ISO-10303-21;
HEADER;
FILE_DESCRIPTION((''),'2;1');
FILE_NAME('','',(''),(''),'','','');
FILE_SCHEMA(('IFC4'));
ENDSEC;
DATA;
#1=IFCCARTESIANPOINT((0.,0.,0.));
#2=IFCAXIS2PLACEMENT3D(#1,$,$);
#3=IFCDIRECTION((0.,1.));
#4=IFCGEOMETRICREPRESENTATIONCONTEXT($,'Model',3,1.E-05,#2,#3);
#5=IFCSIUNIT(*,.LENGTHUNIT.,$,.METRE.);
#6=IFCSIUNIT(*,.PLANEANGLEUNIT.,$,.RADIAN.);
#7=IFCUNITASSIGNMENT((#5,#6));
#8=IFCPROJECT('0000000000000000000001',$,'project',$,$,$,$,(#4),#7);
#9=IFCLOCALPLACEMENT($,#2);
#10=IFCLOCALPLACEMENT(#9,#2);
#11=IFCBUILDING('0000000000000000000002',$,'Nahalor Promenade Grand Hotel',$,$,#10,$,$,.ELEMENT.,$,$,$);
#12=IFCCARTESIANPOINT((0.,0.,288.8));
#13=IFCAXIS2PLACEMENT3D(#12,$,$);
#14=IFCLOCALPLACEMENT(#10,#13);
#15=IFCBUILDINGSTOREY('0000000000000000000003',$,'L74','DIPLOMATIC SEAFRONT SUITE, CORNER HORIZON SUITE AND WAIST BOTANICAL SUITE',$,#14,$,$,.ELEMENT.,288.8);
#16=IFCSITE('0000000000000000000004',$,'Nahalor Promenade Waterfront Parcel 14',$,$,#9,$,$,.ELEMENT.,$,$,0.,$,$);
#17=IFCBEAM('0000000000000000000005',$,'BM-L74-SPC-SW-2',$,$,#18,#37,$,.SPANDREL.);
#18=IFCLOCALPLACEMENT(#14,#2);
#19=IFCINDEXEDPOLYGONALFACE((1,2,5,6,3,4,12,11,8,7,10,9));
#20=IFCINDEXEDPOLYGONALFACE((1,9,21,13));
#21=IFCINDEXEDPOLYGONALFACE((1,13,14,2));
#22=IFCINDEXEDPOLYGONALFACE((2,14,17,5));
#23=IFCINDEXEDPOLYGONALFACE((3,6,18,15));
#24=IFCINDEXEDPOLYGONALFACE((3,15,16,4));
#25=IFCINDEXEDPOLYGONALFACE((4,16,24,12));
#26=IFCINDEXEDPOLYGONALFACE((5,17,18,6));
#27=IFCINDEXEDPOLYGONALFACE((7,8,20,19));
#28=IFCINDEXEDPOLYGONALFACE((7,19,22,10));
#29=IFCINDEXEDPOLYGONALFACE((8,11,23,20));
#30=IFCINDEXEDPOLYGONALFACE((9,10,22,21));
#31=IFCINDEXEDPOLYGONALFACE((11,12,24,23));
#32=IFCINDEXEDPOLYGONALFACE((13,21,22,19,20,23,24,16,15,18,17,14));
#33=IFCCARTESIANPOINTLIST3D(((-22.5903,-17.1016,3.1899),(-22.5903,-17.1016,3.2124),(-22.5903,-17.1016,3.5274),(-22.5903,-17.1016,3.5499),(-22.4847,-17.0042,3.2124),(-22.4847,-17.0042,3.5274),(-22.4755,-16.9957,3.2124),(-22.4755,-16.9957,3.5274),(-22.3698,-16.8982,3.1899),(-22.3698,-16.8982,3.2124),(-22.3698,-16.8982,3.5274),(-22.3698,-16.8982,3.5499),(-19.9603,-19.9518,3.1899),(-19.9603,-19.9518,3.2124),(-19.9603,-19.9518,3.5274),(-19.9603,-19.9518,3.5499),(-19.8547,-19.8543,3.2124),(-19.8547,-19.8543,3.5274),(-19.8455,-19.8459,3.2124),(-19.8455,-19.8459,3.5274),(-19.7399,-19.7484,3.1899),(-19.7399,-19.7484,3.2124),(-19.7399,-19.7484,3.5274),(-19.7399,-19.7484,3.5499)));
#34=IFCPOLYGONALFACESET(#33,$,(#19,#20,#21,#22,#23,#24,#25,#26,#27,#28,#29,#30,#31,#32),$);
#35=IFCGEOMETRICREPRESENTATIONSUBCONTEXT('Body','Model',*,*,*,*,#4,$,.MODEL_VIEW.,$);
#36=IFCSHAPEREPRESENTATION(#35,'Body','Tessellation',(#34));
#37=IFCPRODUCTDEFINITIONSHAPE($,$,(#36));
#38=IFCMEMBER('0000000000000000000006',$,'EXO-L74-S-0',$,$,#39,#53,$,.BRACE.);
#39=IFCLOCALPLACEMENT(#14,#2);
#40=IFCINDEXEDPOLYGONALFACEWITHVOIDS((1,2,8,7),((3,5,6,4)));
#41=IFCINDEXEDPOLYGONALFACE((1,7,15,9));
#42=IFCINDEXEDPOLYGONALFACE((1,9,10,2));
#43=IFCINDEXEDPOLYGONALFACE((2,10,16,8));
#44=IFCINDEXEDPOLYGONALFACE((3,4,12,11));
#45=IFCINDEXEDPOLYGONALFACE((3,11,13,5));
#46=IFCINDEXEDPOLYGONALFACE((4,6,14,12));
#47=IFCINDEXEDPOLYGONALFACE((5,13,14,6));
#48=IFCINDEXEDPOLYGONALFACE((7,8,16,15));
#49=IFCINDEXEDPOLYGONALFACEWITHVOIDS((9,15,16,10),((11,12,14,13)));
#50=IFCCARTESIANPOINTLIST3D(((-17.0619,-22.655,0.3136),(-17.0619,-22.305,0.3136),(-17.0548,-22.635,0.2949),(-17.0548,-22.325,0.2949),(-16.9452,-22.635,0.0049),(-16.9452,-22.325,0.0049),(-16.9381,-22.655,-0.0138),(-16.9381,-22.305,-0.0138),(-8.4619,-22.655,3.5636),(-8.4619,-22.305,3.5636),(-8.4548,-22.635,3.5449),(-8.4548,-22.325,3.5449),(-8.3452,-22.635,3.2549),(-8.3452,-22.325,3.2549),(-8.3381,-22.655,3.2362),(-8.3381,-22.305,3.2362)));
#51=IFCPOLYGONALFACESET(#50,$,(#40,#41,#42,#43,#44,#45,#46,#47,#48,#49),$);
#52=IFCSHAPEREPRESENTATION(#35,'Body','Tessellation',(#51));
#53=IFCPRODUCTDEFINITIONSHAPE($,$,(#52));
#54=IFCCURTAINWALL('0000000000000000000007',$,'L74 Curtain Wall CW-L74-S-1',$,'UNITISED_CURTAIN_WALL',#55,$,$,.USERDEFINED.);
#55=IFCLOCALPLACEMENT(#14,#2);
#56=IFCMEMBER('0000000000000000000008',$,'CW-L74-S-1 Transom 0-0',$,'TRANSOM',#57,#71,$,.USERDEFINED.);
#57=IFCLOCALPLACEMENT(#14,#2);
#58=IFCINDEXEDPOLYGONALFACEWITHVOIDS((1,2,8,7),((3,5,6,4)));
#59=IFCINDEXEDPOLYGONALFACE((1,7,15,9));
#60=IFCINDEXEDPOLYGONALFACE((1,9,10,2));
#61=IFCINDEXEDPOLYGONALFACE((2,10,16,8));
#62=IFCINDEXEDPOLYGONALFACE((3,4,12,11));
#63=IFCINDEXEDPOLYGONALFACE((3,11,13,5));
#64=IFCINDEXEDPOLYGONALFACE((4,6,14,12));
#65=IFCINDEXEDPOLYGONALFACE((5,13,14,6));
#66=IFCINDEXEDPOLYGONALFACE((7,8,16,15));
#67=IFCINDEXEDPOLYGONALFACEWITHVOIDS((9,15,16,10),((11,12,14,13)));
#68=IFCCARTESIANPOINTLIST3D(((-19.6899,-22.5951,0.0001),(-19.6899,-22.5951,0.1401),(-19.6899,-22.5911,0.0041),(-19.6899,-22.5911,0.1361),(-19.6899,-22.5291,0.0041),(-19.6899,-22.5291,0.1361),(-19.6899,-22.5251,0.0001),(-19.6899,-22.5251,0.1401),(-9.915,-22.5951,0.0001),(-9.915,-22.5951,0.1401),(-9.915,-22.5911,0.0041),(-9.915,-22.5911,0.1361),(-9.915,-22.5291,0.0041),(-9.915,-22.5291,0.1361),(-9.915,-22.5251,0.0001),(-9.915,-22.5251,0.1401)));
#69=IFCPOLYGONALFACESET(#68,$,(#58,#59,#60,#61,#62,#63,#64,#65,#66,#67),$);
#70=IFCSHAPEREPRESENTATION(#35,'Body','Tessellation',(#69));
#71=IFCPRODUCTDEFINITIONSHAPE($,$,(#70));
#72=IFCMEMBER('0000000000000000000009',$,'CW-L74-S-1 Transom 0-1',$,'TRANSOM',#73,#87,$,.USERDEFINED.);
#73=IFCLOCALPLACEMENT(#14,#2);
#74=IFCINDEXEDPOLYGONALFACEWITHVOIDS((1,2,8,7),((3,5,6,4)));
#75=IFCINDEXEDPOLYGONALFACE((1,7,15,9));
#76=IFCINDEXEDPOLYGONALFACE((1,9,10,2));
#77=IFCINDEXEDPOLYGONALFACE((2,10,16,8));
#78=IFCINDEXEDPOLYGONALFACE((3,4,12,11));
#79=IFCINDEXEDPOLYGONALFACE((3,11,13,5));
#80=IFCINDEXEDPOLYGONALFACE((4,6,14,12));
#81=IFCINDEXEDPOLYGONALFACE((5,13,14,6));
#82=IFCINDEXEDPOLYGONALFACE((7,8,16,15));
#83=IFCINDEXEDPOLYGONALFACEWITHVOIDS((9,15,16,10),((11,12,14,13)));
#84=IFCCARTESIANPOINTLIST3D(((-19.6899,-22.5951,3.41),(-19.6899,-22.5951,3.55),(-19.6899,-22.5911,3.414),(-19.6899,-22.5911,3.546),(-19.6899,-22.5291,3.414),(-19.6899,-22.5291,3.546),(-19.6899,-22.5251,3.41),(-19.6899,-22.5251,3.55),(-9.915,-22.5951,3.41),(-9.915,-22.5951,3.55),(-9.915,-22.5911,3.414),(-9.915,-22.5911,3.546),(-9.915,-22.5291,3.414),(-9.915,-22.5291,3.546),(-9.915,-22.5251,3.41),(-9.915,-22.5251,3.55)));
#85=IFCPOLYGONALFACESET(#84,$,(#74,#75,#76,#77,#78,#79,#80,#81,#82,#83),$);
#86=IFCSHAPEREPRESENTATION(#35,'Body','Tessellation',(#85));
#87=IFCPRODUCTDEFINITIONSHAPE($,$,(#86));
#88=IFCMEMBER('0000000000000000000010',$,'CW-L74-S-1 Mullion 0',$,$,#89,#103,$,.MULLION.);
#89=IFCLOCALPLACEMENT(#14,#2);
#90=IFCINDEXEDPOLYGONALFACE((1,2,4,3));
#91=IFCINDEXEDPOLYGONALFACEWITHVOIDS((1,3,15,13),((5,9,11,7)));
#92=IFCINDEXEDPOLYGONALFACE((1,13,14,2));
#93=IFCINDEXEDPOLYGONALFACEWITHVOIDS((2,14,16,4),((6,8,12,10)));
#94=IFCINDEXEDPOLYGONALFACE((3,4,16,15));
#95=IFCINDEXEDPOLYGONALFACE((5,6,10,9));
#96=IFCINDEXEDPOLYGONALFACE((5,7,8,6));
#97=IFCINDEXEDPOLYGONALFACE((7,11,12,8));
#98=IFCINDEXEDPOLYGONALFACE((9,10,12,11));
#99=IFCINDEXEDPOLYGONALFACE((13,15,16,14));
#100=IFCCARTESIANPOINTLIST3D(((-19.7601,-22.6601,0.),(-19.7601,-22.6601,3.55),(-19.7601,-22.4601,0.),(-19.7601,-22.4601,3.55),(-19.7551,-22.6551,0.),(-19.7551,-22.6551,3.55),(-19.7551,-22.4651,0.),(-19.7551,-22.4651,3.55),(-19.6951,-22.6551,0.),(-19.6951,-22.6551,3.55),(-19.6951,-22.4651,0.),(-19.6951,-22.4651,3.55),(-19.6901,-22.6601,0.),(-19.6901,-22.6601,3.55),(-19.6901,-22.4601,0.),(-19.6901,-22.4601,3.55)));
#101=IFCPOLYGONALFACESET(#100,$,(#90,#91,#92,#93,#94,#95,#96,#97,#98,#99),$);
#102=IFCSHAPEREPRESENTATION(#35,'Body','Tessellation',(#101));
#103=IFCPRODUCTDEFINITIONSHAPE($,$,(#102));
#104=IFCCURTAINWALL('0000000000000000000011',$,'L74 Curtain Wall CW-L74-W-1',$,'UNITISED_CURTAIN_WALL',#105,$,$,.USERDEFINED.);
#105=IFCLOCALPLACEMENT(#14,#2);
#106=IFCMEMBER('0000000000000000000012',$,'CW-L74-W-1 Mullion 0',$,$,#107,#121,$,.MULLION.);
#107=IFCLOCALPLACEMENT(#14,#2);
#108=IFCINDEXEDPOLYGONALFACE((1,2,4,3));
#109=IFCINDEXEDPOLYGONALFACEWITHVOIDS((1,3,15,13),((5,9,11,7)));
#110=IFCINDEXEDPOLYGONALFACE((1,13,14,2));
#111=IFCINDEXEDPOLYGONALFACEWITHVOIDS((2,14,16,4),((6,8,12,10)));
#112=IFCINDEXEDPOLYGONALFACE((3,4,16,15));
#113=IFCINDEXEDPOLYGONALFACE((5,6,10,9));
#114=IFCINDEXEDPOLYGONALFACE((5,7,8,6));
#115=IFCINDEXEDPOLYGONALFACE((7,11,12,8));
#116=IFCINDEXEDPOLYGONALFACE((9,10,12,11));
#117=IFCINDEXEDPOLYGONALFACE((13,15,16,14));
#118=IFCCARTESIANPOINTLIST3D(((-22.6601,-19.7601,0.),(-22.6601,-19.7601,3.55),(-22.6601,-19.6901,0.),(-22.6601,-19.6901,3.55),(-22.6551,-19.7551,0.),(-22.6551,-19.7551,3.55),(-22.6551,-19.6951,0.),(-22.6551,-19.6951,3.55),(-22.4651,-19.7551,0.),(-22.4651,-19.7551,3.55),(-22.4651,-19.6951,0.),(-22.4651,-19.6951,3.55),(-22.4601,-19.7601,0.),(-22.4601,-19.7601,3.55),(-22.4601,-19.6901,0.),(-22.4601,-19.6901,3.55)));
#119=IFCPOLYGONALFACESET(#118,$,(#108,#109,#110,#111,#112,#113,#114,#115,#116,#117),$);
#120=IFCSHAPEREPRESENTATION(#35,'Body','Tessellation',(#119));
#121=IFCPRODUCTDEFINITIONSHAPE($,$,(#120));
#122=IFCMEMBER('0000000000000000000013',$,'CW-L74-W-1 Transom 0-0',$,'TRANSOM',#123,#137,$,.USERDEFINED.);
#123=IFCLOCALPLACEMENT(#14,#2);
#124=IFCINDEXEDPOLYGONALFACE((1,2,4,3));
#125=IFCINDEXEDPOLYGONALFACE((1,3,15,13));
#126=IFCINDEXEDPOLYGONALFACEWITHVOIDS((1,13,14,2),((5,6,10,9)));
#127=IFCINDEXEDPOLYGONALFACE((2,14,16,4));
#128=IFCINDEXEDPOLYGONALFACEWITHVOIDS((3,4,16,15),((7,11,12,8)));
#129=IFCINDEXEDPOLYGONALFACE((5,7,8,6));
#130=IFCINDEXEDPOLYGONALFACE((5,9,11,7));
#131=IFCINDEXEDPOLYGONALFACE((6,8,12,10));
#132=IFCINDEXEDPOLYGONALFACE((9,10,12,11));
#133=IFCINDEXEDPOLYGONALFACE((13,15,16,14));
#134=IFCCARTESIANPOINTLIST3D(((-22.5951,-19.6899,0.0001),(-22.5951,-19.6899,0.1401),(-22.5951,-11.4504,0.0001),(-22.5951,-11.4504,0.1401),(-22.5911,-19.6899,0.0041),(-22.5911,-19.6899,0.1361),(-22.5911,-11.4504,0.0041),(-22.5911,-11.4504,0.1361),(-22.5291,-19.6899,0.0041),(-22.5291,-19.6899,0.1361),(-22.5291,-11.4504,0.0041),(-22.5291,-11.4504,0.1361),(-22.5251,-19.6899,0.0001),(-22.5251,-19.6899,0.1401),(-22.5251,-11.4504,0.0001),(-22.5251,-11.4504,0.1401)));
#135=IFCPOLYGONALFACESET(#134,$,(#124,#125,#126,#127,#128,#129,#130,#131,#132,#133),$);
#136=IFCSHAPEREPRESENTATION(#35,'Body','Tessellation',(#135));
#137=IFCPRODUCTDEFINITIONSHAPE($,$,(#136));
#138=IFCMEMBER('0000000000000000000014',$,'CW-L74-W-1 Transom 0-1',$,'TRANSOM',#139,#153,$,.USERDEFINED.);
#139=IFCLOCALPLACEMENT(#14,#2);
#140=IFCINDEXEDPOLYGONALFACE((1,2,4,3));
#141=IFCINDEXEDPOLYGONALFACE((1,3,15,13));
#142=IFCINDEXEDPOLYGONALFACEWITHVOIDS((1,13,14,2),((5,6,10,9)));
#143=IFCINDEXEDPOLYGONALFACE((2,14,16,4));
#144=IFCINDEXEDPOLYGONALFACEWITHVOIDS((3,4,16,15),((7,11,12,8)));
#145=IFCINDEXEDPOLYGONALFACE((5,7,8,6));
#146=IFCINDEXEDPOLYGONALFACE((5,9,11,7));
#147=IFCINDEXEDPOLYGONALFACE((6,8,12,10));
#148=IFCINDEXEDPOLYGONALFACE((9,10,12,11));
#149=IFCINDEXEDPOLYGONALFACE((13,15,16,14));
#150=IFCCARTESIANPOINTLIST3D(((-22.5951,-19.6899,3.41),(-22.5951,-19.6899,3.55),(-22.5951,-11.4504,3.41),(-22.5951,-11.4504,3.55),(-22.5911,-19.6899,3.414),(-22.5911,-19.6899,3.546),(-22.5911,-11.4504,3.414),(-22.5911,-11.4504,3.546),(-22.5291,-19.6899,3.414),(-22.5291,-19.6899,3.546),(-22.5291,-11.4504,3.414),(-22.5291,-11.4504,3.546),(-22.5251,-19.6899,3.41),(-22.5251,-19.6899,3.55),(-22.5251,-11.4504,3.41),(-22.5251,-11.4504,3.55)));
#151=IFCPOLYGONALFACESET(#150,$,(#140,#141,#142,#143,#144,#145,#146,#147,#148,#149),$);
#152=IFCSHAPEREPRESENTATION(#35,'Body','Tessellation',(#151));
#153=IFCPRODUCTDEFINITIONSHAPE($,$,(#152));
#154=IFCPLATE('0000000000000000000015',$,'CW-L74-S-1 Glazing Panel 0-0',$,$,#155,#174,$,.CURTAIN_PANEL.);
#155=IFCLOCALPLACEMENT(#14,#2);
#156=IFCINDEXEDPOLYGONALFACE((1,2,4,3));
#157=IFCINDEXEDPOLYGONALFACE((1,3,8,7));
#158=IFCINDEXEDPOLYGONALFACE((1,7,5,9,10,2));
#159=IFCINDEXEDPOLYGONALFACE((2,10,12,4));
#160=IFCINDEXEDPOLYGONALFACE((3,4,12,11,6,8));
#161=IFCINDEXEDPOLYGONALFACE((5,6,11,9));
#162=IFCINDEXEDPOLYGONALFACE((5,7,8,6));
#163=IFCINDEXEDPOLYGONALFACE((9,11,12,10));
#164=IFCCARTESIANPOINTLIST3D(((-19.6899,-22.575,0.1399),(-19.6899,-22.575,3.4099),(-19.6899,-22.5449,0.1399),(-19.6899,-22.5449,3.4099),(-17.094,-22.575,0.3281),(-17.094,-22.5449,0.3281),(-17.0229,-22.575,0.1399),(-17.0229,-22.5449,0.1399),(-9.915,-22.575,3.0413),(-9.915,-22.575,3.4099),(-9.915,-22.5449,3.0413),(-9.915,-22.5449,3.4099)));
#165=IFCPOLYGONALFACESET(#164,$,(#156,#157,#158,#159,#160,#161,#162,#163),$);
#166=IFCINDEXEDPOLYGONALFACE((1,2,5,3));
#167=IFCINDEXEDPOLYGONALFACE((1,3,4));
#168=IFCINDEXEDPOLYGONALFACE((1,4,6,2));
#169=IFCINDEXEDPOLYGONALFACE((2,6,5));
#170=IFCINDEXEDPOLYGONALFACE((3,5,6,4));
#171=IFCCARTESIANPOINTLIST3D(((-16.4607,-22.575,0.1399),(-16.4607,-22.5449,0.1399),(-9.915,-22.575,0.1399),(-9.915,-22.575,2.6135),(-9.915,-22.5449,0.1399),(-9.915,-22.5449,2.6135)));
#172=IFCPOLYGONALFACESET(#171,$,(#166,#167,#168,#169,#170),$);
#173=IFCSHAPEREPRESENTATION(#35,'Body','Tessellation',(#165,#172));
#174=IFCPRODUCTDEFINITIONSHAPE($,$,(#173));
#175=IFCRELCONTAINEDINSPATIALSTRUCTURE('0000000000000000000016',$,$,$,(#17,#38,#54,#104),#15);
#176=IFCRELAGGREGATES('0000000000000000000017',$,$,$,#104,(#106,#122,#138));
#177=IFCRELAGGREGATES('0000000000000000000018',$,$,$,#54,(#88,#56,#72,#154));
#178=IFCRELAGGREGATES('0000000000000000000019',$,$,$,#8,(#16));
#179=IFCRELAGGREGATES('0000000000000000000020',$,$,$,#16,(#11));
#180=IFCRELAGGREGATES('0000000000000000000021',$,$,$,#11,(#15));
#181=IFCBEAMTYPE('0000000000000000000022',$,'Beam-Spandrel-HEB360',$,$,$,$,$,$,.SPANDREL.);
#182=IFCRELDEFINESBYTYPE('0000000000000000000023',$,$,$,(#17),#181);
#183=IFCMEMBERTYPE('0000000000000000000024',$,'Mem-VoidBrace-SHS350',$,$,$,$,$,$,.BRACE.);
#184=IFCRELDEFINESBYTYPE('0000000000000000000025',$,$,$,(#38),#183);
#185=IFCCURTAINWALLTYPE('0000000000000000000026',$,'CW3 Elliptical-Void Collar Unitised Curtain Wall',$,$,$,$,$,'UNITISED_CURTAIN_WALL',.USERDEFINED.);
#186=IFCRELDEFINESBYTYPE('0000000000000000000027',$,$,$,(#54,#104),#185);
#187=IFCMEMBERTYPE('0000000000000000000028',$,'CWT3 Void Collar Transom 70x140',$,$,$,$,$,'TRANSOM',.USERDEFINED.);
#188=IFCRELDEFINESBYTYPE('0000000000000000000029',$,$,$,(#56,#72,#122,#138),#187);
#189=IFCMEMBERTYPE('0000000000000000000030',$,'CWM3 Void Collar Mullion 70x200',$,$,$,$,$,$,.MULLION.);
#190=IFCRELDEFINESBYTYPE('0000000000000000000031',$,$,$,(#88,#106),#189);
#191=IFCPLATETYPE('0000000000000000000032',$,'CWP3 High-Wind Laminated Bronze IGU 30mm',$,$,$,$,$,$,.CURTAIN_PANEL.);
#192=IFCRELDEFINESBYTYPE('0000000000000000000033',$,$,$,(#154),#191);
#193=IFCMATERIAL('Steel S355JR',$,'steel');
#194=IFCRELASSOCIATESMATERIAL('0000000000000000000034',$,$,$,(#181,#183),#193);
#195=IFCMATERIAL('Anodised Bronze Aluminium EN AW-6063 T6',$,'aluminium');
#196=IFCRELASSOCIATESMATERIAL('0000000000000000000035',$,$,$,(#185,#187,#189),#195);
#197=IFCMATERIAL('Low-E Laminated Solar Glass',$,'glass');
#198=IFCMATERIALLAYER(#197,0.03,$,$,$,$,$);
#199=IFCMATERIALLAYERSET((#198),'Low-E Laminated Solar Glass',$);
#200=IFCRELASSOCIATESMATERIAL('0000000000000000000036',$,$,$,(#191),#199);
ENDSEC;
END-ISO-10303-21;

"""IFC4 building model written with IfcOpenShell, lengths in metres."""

from ifc_helpers import new_model, si_unit, direction, frame, origin, origin_2d, place, context, subcontext, project, spatial, polyline, hollow_rectangle, i_section, outline, extrude, source, transform, mapped, material, layer, layer_set, material_profile, profile_set, type_object, element, aggregate, save


model = new_model("IFC4")

# Units and contexts
model_context = context("Model", 3, precision=1e-05, world=origin(), true_north=direction((0.0, 1.0)))
body_context = subcontext(model_context, "Body", "Model", "MODEL_VIEW")
ifc_project = project(units=[si_unit("LENGTHUNIT", "METRE"), si_unit("PLANEANGLEUNIT", "RADIAN")], contexts=[model_context])

# Site, building, storey
site_placement = place(None, origin())
site = spatial("IfcSite", under=ifc_project, at=site_placement, Name="Nahalor Promenade Waterfront Parcel 14", CompositionType="ELEMENT", RefElevation=0.0)
building_placement = place(site_placement, origin())
building = spatial("IfcBuilding", under=site, at=building_placement, Name="Nahalor Promenade Grand Hotel", CompositionType="ELEMENT")
storey_placement = place(building_placement, frame((0.0, 0.0, 288.8)))
storey = spatial("IfcBuildingStorey", under=building, at=storey_placement, Name="L74", Description="DIPLOMATIC SEAFRONT SUITE, CORNER HORIZON SUITE AND WAIST BOTANICAL SUITE", CompositionType="ELEMENT", Elevation=288.8)

# Shared definitions
ifc_material_1 = material(Name="Steel S355JR", Category="steel")

# Beam
ifc_material_profile_1 = material_profile(ifc_material_1, i_section(OverallWidth=0.3, OverallDepth=0.36, WebThickness=0.0125, FlangeThickness=0.0225, at=origin_2d()), Name="HEB 360")
ifc_profile_set_1 = profile_set([ifc_material_profile_1], Name="Steel S355JR")
beam_type_1 = type_object("IfcBeamType", Name="Beam-Spandrel-HEB360", PredefinedType="SPANDREL", material=ifc_profile_set_1)
shared_shape_1 = source(origin(), body_context, "Body", "SweptSolid", [
    extrude(i_section(OverallWidth=0.3, OverallDepth=0.36, WebThickness=0.0125, FlangeThickness=0.0225, at=origin_2d()), origin(), (0.0, 0.0, 1.0), 3.8782),
])
for number, where, z_axis, x_axis, name in (
    (1, (-19.8501, -19.8501, 3.3699), (-0.678144, 0.734929, 0.0), (-0.734929, -0.678144, 0.0), "BM-L74-SPC-SW-2"),
):
    element("IfcBeam", number, at=place(storey_placement, frame(where, z_axis=z_axis, x_axis=x_axis)), inside=storey, type_object=beam_type_1, Name=name, PredefinedType="SPANDREL", context=body_context, shape_type="MappedRepresentation", body=[
        mapped(shared_shape_1, transform((0.0, 0.0, 0.0), scale=1.0)),
    ])

# Member
ifc_material_profile_2 = material_profile(ifc_material_1, hollow_rectangle(XDim=0.35, YDim=0.35, WallThickness=0.02, at=origin_2d()), Name="SHS 350x350x20")
ifc_profile_set_2 = profile_set([ifc_material_profile_2], Name="Steel S355JR")
member_type_1 = type_object("IfcMemberType", Name="Mem-VoidBrace-SHS350", PredefinedType="BRACE", material=ifc_profile_set_2)
shared_shape_2 = source(origin(), body_context, "Body", "SweptSolid", [
    extrude(hollow_rectangle(XDim=0.35, YDim=0.35, WallThickness=0.02, at=origin_2d()), origin(), (0.0, 0.0, 1.0), 9.1936),
])
member_1_placement = place(storey_placement, frame((-17.0, -22.48, 0.1499), z_axis=(0.935433, 0.0, 0.353503), x_axis=(0.0, 1.0, 0.0)))
element("IfcMember", 2, at=member_1_placement, inside=storey, type_object=member_type_1, Name="EXO-L74-S-0", PredefinedType="BRACE", context=body_context, shape_type="MappedRepresentation", body=[
    mapped(shared_shape_2, transform((0.0, 0.0, 0.0), scale=1.0)),
])

# Curtain walls, members
ifc_material_2 = material(Name="Anodised Bronze Aluminium EN AW-6063 T6", Category="aluminium")
curtain_wall_type = type_object("IfcCurtainWallType", Name="CW3 Elliptical-Void Collar Unitised Curtain Wall", ElementType="UNITISED_CURTAIN_WALL", PredefinedType="USERDEFINED", material=ifc_material_2)
curtain_wall_1_placement = place(storey_placement, origin())
curtain_wall_1 = element("IfcCurtainWall", 3, at=curtain_wall_1_placement, inside=storey, type_object=curtain_wall_type, Name="L74 Curtain Wall CW-L74-S-1", ObjectType="UNITISED_CURTAIN_WALL", PredefinedType="USERDEFINED")
ifc_material_profile_3 = material_profile(ifc_material_2, hollow_rectangle(XDim=0.07, YDim=0.14, WallThickness=0.004, at=origin_2d()), Name="CWT 70x140x4")
ifc_profile_set_3 = profile_set([ifc_material_profile_3], Name="Anodised Bronze Aluminium EN AW-6063 T6")
member_type_2 = type_object("IfcMemberType", Name="CWT3 Void Collar Transom 70x140", ElementType="TRANSOM", PredefinedType="USERDEFINED", material=ifc_profile_set_3)
shared_shape_3 = source(origin(), body_context, "Body", "SweptSolid", [
    extrude(hollow_rectangle(XDim=0.07, YDim=0.14, WallThickness=0.004, at=origin_2d()), origin(), (0.0, 0.0, 1.0), 9.7749),
])
member_2_placement = place(storey_placement, frame((-19.6899, -22.5601, 0.0701), z_axis=(1.0, 0.0, 0.0), x_axis=(0.0, 1.0, 0.0)))
member_2 = element("IfcMember", 4, at=member_2_placement, type_object=member_type_2, Name="CW-L74-S-1 Transom 0-0", ObjectType="TRANSOM", PredefinedType="USERDEFINED", context=body_context, shape_type="MappedRepresentation", body=[
    mapped(shared_shape_3, transform((0.0, 0.0, 0.0), scale=1.0)),
])
member_3_placement = place(storey_placement, frame((-19.6899, -22.5601, 3.48), z_axis=(1.0, 0.0, 0.0), x_axis=(0.0, 1.0, 0.0)))
member_3 = element("IfcMember", 5, at=member_3_placement, type_object=member_type_2, Name="CW-L74-S-1 Transom 0-1", ObjectType="TRANSOM", PredefinedType="USERDEFINED", context=body_context, shape_type="MappedRepresentation", body=[
    mapped(shared_shape_3, transform((0.0, 0.0, 0.0), scale=1.0)),
])
ifc_material_profile_4 = material_profile(ifc_material_2, hollow_rectangle(XDim=0.07, YDim=0.2, WallThickness=0.005, at=origin_2d()), Name="CWM 70x200x5")
ifc_profile_set_4 = profile_set([ifc_material_profile_4], Name="Anodised Bronze Aluminium EN AW-6063 T6")
member_type_3 = type_object("IfcMemberType", Name="CWM3 Void Collar Mullion 70x200", PredefinedType="MULLION", material=ifc_profile_set_4)
shared_shape_4 = source(origin(), body_context, "Body", "SweptSolid", [
    extrude(hollow_rectangle(XDim=0.07, YDim=0.2, WallThickness=0.005, at=origin_2d()), origin(), (0.0, 0.0, 1.0), 3.55),
])
member_4_placement = place(storey_placement, frame((-19.7251, -22.5601, 0.0), z_axis=(0.0, 0.0, 1.0), x_axis=(1.0, 0.0, 0.0)))
member_4 = element("IfcMember", 6, at=member_4_placement, type_object=member_type_3, Name="CW-L74-S-1 Mullion 0", PredefinedType="MULLION", context=body_context, shape_type="MappedRepresentation", body=[
    mapped(shared_shape_4, transform((0.0, 0.0, 0.0), scale=1.0)),
])
curtain_wall_2_placement = place(storey_placement, origin())
curtain_wall_2 = element("IfcCurtainWall", 7, at=curtain_wall_2_placement, inside=storey, type_object=curtain_wall_type, Name="L74 Curtain Wall CW-L74-W-1", ObjectType="UNITISED_CURTAIN_WALL", PredefinedType="USERDEFINED")
member_5_placement = place(storey_placement, frame((-22.5601, -19.7251, 0.0), z_axis=(0.0, 0.0, 1.0), x_axis=(0.0, 1.0, 0.0)))
member_5 = element("IfcMember", 8, at=member_5_placement, type_object=member_type_3, Name="CW-L74-W-1 Mullion 0", PredefinedType="MULLION", context=body_context, shape_type="MappedRepresentation", body=[
    mapped(shared_shape_4, transform((0.0, 0.0, 0.0), scale=1.0)),
])
shared_shape_5 = source(origin(), body_context, "Body", "SweptSolid", [
    extrude(hollow_rectangle(XDim=0.07, YDim=0.14, WallThickness=0.004, at=origin_2d()), origin(), (0.0, 0.0, 1.0), 8.2395),
])
member_6_placement = place(storey_placement, frame((-22.5601, -19.6899, 0.0701), z_axis=(0.0, 1.0, 0.0), x_axis=(-1.0, 0.0, 0.0)))
member_6 = element("IfcMember", 9, at=member_6_placement, type_object=member_type_2, Name="CW-L74-W-1 Transom 0-0", ObjectType="TRANSOM", PredefinedType="USERDEFINED", context=body_context, shape_type="MappedRepresentation", body=[
    mapped(shared_shape_5, transform((0.0, 0.0, 0.0), scale=1.0)),
])
member_7_placement = place(storey_placement, frame((-22.5601, -19.6899, 3.48), z_axis=(0.0, 1.0, 0.0), x_axis=(-1.0, 0.0, 0.0)))
member_7 = element("IfcMember", 10, at=member_7_placement, type_object=member_type_2, Name="CW-L74-W-1 Transom 0-1", ObjectType="TRANSOM", PredefinedType="USERDEFINED", context=body_context, shape_type="MappedRepresentation", body=[
    mapped(shared_shape_5, transform((0.0, 0.0, 0.0), scale=1.0)),
])
aggregate(curtain_wall_2, [member_5, member_6, member_7])

# Plate
ifc_material_3 = material(Name="Low-E Laminated Solar Glass", Category="glass")
ifc_layer_1 = layer(ifc_material_3, 0.03)
ifc_layer_set_1 = layer_set([ifc_layer_1], Name="Low-E Laminated Solar Glass")
plate_type = type_object("IfcPlateType", Name="CWP3 High-Wind Laminated Bronze IGU 30mm", PredefinedType="CURTAIN_PANEL", material=ifc_layer_set_1)
plate_placement = place(storey_placement, frame((-14.8025, -22.5601, 0.1399), z_axis=(0.0, 0.0, 1.0), x_axis=(1.0, 0.0, 0.0)))
plate = element("IfcPlate", 11, at=plate_placement, type_object=plate_type, Name="CW-L74-S-1 Glazing Panel 0-0", PredefinedType="CURTAIN_PANEL", context=body_context, shape_type="SweptSolid", body=[
    extrude(outline(polyline([(-4.8875, 3.27), (-4.8875, 0.0), (-2.2205, 0.0), (-2.2915, 0.1882), (4.8875, 2.9014), (4.8875, 3.27), (-4.8875, 3.27)])), frame((0.0, 0.0151, 0.0), z_axis=(0.0, -1.0, 0.0), x_axis=(1.0, 0.0, 0.0)), (0.0, 0.0, 1.0), 0.03),
    extrude(outline(polyline([(-1.6582, 0.0), (4.8875, 0.0), (4.8875, 2.4736), (-1.6582, 0.0)])), frame((0.0, 0.0151, 0.0), z_axis=(0.0, -1.0, 0.0), x_axis=(1.0, 0.0, 0.0)), (0.0, 0.0, 1.0), 0.03),
])
aggregate(curtain_wall_1, [member_4, member_2, member_3, plate])

save(model, "model.ifc")
